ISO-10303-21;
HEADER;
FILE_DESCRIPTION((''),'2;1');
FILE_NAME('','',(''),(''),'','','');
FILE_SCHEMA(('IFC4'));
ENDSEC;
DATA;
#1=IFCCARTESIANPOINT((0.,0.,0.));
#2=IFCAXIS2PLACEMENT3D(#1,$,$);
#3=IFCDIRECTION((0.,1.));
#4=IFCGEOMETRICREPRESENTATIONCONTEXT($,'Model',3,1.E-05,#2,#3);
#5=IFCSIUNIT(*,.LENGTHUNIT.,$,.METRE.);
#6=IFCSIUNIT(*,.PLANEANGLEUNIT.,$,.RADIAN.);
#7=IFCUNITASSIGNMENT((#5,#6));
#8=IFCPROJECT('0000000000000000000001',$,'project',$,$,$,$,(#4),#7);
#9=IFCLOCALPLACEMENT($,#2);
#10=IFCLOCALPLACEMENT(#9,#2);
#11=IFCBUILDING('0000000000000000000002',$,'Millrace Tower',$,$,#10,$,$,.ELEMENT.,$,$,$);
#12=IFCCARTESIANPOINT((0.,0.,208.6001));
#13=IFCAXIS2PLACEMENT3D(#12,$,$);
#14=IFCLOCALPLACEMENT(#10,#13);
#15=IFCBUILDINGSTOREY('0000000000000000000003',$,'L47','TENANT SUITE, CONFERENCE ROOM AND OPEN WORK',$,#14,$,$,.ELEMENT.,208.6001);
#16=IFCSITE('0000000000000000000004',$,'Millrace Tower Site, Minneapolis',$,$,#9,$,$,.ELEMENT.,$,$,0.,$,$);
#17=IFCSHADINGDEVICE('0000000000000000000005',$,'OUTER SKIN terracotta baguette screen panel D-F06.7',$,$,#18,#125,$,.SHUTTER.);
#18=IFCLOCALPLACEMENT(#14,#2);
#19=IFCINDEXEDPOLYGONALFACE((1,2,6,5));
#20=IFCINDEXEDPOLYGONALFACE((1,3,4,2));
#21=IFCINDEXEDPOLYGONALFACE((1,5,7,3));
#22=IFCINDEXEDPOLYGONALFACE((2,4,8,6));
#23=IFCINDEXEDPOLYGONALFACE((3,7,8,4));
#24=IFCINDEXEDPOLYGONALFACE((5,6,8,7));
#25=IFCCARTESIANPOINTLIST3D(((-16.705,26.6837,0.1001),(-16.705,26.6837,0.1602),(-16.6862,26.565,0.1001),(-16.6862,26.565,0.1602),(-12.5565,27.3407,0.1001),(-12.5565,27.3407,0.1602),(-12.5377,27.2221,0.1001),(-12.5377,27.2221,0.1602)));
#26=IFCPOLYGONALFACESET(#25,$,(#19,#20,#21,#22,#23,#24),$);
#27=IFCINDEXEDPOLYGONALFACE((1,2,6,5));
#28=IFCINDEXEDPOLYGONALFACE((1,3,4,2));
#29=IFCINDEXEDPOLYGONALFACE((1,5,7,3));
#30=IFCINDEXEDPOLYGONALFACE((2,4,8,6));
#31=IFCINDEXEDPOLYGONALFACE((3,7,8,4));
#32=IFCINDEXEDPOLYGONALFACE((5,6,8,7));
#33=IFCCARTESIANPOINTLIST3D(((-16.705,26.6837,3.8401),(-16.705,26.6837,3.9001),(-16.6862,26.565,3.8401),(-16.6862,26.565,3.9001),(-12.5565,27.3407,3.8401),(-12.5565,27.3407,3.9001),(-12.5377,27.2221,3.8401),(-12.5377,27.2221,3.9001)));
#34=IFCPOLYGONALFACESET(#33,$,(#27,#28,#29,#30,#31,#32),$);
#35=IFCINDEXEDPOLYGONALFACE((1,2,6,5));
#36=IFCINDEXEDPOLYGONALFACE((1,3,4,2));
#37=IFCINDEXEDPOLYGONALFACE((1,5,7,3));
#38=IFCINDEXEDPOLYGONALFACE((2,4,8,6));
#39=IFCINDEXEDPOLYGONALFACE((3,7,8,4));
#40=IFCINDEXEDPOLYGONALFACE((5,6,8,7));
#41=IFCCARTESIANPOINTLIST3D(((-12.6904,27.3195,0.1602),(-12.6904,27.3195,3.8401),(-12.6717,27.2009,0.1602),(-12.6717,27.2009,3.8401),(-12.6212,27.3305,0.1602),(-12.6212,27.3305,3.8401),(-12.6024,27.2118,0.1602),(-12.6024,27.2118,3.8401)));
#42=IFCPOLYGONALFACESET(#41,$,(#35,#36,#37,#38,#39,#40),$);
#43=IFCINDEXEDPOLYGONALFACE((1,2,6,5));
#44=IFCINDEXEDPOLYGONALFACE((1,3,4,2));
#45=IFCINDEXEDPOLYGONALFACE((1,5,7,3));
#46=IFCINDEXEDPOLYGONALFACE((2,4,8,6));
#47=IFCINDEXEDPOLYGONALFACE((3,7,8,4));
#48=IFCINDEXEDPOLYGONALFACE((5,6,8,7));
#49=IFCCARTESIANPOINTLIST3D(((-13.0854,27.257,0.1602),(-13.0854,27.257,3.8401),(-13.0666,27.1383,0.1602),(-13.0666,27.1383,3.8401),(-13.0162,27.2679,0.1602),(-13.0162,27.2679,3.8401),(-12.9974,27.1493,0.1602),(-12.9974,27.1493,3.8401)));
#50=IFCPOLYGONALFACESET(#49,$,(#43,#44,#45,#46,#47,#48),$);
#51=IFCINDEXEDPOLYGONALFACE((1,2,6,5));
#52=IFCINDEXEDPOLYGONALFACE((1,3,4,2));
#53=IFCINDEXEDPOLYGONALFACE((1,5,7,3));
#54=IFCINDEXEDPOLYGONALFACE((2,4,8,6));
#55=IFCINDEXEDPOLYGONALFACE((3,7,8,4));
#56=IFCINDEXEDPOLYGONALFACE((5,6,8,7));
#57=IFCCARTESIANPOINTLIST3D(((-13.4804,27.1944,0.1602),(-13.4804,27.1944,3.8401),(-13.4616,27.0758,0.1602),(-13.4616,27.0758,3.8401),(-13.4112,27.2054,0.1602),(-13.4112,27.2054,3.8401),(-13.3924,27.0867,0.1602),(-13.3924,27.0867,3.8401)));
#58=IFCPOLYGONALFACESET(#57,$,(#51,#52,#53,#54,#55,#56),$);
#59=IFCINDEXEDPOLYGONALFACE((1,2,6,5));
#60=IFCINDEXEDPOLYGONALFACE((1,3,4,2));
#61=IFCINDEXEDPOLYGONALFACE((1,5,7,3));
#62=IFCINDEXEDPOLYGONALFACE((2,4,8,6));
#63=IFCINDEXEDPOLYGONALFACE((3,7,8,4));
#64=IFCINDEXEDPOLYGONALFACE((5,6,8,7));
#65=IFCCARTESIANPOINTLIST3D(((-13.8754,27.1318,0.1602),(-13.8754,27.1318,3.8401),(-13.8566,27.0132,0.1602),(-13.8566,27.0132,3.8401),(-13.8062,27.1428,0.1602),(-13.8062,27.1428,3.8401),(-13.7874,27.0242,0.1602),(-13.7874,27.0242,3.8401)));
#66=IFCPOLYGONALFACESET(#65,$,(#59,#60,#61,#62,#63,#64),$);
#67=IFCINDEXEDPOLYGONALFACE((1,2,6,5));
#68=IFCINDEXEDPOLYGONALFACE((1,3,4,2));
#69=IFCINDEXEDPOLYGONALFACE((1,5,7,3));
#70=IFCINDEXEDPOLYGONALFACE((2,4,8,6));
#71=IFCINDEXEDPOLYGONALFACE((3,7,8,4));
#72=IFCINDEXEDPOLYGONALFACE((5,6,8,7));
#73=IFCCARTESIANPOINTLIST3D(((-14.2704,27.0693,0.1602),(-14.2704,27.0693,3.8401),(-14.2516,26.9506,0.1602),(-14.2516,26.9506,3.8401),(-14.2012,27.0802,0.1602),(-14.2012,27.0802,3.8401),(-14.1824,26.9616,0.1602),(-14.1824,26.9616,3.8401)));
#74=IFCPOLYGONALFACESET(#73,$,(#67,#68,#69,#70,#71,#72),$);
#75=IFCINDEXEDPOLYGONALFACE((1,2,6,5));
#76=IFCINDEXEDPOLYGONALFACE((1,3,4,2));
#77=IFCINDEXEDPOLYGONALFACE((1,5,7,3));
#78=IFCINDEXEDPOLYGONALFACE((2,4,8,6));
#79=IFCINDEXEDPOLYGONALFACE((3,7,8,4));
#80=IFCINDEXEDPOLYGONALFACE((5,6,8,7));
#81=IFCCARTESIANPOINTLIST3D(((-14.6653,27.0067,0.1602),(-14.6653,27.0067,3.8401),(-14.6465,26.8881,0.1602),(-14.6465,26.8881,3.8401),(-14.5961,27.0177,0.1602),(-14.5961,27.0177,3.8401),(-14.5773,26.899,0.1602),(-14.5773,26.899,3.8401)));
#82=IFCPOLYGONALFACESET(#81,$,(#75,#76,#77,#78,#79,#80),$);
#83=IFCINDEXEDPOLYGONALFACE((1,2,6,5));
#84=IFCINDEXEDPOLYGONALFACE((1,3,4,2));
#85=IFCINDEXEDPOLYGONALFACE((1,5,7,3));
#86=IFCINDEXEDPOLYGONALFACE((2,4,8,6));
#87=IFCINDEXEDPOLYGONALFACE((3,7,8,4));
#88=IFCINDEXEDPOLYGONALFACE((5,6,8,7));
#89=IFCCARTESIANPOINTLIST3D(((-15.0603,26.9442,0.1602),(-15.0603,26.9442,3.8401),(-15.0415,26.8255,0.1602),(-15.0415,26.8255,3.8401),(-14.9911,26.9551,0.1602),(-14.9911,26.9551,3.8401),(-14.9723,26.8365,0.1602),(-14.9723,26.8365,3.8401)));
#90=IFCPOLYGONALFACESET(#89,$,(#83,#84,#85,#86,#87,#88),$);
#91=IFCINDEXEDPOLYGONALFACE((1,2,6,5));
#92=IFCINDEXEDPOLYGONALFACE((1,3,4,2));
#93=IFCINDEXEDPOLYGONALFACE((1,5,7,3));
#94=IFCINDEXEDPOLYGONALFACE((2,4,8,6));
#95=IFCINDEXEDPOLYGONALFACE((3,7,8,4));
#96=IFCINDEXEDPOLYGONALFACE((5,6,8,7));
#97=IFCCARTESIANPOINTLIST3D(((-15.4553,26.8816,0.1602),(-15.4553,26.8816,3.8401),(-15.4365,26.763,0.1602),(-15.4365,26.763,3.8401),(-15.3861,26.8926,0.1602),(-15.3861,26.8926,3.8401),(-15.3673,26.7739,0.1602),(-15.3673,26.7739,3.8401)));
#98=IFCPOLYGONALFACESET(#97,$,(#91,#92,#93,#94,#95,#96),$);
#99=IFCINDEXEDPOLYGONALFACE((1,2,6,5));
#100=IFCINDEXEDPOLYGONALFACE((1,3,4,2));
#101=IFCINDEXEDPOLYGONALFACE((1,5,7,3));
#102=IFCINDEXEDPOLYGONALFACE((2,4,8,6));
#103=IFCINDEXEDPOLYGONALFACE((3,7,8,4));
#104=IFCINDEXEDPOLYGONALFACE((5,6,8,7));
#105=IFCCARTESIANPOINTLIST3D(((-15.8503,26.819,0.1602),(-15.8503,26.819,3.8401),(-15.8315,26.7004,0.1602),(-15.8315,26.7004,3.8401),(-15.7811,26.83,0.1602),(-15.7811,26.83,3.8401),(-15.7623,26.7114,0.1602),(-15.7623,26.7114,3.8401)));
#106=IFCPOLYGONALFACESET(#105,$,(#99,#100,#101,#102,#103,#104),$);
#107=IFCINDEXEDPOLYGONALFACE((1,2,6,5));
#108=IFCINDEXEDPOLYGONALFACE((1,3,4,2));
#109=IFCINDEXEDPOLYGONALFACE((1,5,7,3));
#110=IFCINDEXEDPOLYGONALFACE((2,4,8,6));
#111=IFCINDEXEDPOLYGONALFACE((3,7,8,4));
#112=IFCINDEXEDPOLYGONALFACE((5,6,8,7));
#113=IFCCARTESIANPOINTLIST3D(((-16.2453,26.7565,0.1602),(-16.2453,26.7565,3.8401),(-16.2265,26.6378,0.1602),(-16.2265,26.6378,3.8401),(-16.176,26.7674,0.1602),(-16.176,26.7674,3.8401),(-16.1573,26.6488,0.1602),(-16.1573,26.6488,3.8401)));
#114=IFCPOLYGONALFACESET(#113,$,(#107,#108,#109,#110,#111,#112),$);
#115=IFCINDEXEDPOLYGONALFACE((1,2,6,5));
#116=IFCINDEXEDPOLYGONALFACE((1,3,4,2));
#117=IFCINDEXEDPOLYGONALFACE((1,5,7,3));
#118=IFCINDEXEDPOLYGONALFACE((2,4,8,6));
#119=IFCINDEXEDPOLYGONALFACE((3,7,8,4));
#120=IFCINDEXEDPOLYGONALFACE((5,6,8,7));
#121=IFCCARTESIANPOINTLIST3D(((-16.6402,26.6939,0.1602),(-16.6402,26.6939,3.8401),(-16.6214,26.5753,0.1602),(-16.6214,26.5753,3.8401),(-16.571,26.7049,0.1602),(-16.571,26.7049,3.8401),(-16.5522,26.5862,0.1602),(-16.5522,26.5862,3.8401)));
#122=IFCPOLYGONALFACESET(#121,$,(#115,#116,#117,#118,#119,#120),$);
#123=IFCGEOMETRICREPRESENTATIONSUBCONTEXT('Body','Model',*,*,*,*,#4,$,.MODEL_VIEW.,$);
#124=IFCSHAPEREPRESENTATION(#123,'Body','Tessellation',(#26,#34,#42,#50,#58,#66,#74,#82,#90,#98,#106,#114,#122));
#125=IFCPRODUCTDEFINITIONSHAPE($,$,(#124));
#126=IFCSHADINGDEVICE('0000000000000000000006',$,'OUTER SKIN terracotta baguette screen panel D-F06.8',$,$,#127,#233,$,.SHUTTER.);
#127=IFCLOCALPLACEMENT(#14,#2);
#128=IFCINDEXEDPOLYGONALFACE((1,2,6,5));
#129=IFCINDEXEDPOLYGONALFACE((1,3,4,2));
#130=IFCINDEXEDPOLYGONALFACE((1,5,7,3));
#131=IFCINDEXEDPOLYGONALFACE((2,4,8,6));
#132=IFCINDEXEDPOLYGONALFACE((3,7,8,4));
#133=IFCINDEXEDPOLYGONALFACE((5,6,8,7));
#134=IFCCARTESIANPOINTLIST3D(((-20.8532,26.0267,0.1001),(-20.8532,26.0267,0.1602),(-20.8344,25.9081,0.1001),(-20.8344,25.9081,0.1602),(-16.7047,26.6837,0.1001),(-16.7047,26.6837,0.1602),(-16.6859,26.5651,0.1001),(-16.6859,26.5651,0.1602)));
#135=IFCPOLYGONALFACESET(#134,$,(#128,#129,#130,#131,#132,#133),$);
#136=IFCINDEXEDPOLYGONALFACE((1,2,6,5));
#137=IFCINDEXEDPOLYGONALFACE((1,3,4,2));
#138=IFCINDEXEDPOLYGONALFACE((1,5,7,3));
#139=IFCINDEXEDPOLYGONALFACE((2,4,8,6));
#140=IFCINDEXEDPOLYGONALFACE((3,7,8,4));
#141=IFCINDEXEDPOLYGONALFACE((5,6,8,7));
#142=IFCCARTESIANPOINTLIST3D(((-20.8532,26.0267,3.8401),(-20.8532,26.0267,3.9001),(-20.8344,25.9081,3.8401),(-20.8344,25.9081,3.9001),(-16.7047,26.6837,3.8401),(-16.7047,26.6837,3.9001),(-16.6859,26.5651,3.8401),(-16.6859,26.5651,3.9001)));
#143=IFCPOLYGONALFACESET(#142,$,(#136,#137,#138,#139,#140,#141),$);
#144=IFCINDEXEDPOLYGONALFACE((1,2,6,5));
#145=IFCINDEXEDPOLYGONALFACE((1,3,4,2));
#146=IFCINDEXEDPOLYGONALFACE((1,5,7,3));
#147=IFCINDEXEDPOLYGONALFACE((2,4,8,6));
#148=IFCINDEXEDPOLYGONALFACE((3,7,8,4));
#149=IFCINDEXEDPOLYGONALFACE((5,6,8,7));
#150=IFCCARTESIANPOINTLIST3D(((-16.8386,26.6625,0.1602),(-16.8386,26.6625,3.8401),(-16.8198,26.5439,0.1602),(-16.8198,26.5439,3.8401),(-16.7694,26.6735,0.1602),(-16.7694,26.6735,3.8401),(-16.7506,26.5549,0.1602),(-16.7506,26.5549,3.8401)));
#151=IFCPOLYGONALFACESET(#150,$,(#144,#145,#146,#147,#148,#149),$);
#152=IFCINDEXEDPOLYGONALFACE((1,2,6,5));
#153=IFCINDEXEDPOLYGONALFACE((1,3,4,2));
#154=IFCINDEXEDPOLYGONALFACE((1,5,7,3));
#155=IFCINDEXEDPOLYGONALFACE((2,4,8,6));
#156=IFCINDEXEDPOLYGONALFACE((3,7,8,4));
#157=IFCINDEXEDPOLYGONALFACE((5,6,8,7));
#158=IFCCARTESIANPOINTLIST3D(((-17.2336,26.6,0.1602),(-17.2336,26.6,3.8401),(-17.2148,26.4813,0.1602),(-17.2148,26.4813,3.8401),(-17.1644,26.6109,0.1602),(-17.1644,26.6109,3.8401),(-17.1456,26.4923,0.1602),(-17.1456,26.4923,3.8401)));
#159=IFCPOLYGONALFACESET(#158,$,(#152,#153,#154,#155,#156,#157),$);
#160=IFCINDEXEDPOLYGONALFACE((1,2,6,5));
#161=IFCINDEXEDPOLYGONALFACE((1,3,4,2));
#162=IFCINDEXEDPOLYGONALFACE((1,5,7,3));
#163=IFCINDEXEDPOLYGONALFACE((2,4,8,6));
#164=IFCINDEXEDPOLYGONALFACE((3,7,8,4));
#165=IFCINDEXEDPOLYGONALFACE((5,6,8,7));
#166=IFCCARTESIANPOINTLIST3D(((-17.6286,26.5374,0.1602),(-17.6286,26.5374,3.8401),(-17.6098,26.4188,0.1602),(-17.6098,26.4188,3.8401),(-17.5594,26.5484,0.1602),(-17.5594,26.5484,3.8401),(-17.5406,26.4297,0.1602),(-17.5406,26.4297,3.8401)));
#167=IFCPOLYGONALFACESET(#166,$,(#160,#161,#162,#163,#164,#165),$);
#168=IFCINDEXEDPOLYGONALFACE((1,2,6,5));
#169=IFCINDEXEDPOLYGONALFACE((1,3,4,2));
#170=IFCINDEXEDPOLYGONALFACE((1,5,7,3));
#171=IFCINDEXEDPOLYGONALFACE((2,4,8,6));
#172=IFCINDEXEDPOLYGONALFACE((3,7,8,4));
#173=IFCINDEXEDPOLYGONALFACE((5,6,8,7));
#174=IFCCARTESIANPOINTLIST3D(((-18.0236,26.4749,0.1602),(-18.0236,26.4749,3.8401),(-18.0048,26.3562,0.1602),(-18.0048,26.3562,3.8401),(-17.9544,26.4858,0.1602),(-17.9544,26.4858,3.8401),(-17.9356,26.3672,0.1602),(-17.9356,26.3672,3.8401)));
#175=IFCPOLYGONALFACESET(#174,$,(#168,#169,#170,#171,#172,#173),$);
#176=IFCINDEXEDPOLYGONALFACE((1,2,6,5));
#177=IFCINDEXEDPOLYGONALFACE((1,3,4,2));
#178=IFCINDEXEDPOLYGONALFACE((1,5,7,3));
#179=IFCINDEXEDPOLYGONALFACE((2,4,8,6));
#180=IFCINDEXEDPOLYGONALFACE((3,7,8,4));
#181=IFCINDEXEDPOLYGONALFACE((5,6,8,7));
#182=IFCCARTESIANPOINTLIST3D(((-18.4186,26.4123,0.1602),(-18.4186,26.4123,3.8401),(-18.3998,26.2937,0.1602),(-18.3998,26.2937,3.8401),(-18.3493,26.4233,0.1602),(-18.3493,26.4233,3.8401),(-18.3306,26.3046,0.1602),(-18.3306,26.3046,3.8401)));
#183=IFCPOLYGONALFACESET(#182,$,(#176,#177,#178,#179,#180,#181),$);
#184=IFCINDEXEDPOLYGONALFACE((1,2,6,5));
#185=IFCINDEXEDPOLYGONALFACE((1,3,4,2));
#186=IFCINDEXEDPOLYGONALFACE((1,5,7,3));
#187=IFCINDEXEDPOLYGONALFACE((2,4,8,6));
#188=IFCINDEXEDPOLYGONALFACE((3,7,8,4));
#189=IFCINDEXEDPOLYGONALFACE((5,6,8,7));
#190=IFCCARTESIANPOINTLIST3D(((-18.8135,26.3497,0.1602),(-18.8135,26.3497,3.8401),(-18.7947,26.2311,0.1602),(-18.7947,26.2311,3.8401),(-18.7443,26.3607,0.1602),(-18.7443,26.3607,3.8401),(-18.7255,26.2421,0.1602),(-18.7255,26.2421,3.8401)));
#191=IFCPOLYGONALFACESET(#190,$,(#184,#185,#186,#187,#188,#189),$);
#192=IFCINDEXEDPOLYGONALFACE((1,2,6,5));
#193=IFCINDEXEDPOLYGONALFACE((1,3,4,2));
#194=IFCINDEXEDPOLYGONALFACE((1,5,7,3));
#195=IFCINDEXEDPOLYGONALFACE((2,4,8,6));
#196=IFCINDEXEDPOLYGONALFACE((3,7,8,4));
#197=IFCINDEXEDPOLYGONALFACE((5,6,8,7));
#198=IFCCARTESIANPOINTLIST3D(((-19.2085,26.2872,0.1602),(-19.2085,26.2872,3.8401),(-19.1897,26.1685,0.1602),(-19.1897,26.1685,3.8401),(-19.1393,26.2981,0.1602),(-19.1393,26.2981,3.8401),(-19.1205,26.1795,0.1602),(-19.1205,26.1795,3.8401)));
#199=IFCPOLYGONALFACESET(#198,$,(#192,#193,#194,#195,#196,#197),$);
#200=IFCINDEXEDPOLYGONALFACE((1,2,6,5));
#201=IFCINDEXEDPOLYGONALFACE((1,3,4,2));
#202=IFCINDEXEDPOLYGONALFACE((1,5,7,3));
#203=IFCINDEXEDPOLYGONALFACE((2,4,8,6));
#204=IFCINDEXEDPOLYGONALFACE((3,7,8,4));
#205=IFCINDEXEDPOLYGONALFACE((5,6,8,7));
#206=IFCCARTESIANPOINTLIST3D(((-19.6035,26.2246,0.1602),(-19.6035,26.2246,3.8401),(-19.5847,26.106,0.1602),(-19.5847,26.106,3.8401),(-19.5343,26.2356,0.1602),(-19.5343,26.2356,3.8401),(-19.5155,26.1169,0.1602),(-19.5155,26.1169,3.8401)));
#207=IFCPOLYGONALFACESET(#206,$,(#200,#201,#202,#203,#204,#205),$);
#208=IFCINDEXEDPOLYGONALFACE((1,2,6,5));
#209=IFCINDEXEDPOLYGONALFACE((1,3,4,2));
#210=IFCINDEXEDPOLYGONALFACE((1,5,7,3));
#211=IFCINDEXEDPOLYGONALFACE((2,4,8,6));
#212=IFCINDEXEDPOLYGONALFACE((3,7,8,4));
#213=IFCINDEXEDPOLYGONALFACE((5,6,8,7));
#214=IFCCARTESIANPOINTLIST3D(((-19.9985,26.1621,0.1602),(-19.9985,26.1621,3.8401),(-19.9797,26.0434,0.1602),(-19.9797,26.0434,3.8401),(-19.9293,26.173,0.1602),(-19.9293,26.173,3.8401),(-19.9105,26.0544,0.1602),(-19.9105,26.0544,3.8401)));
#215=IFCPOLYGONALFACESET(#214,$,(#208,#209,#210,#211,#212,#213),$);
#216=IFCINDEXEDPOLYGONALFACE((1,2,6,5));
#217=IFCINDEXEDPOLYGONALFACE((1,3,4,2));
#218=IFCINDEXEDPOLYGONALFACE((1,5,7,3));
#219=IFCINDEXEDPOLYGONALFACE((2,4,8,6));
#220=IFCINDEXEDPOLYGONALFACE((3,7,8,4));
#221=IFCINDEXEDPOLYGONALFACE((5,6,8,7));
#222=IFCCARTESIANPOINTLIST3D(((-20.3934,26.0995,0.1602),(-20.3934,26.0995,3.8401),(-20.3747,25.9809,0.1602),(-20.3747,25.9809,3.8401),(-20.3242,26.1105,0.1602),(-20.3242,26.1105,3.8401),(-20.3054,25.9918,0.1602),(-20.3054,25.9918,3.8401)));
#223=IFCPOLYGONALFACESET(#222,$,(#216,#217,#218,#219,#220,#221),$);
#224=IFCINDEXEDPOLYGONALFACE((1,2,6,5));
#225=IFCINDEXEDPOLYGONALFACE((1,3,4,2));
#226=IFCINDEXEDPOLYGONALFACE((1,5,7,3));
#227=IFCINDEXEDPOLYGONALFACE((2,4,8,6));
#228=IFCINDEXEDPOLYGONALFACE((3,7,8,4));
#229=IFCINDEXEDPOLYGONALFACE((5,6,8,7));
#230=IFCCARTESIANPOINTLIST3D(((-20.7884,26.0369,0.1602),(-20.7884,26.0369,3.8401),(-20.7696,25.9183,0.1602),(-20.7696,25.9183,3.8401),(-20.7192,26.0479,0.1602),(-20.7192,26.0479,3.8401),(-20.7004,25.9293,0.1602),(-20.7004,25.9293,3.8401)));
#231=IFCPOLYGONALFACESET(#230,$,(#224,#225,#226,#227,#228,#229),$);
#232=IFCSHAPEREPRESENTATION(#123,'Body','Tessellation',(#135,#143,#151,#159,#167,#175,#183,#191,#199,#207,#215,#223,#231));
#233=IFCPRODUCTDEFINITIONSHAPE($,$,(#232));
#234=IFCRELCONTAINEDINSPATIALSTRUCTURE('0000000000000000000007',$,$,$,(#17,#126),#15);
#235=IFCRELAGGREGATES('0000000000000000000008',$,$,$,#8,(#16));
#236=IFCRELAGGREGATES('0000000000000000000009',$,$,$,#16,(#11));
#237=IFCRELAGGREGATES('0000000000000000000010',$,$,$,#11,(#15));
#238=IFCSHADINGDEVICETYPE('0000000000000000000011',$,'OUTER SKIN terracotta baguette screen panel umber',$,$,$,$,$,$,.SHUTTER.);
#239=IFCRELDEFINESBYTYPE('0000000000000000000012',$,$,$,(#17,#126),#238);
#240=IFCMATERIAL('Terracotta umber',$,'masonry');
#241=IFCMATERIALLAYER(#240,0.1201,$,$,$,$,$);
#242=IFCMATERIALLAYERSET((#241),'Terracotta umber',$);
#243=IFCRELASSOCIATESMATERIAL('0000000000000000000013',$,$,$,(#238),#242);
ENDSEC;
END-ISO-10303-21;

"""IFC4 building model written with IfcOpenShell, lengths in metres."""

from ifc_helpers import new_model, entity, si_unit, direction, frame, frame_2d, origin, origin_2d, place, context, subcontext, project, spatial, rectangle, extrude, source, transform, mapped, material, layer, layer_set, type_object, element, save


model = new_model("IFC4")

# Units and contexts
model_context = context("Model", 3, precision=1e-05, world=origin(), true_north=direction((0.0, 1.0)))
body_context = subcontext(model_context, "Body", "Model", "MODEL_VIEW")
ifc_project = project(units=[si_unit("LENGTHUNIT", "METRE"), si_unit("PLANEANGLEUNIT", "RADIAN")], contexts=[model_context])

# Site, building, storey
site_placement = place(None, origin())
site = spatial("IfcSite", under=ifc_project, at=site_placement, Name="Millrace Tower Site, Minneapolis", CompositionType="ELEMENT", RefElevation=0.0)
building_placement = place(site_placement, origin())
building = spatial("IfcBuilding", under=site, at=building_placement, Name="Millrace Tower", CompositionType="ELEMENT")
storey_placement = place(building_placement, frame((0.0, 0.0, 208.6001)))
storey = spatial("IfcBuildingStorey", under=building, at=storey_placement, Name="L47", Description="TENANT SUITE, CONFERENCE ROOM AND OPEN WORK", CompositionType="ELEMENT", Elevation=208.6001)

# Shading devices
ifc_material_1 = material(Name="Terracotta umber", Category="masonry")
ifc_layer_1 = layer(ifc_material_1, 0.1201)
ifc_layer_set_1 = layer_set([ifc_layer_1], Name="Terracotta umber")
shading_device_type = type_object("IfcShadingDeviceType", Name="OUTER SKIN terracotta baguette screen panel umber", PredefinedType="SHUTTER", material=ifc_layer_set_1)
cartesian_point_1 = entity("IfcCartesianPoint", [-2.1001, 0.0601])
shared_polyline_1 = entity("IfcPolyline", [cartesian_point_1, entity("IfcCartesianPoint", [2.1001, 0.0601]), entity("IfcCartesianPoint", [2.1001, -0.0601]), entity("IfcCartesianPoint", [-2.1001, -0.0601]), cartesian_point_1])
shared_shape_1 = source(origin(), body_context, "Body", "SweptSolid", [
    entity("IfcExtrudedAreaSolid", entity("IfcArbitraryClosedProfileDef", "AREA", None, shared_polyline_1), entity("IfcAxis2Placement3D", entity("IfcCartesianPoint", [0.0, 0.0, 0.0])), entity("IfcDirection", [0.0, 0.0, 1.0]), 0.0601),
    entity("IfcExtrudedAreaSolid", entity("IfcArbitraryClosedProfileDef", "AREA", None, shared_polyline_1), entity("IfcAxis2Placement3D", entity("IfcCartesianPoint", [0.0, 0.0, 3.74])), entity("IfcDirection", [0.0, 0.0, 1.0]), 0.0601),
    extrude(rectangle(XDim=0.0701, YDim=0.1201, at=frame_2d((-1.9995, 0.0))), frame((0.0, 0.0, 0.0601)), (0.0, 0.0, 1.0), 3.6799),
    extrude(rectangle(XDim=0.0701, YDim=0.1201, at=frame_2d((-1.5996, 0.0))), frame((0.0, 0.0, 0.0601)), (0.0, 0.0, 1.0), 3.6799),
    extrude(rectangle(XDim=0.0701, YDim=0.1201, at=frame_2d((-1.1997, 0.0))), frame((0.0, 0.0, 0.0601)), (0.0, 0.0, 1.0), 3.6799),
    extrude(rectangle(XDim=0.0701, YDim=0.1201, at=frame_2d((-0.7998, 0.0))), frame((0.0, 0.0, 0.0601)), (0.0, 0.0, 1.0), 3.6799),
    extrude(rectangle(XDim=0.0701, YDim=0.1201, at=frame_2d((-0.3999, 0.0))), frame((0.0, 0.0, 0.0601)), (0.0, 0.0, 1.0), 3.6799),
    extrude(rectangle(XDim=0.0701, YDim=0.1201, at=origin_2d()), frame((0.0, 0.0, 0.0601)), (0.0, 0.0, 1.0), 3.6799),
    extrude(rectangle(XDim=0.0701, YDim=0.1201, at=frame_2d((0.3999, 0.0))), frame((0.0, 0.0, 0.0601)), (0.0, 0.0, 1.0), 3.6799),
    extrude(rectangle(XDim=0.0701, YDim=0.1201, at=frame_2d((0.7998, 0.0))), frame((0.0, 0.0, 0.0601)), (0.0, 0.0, 1.0), 3.6799),
    extrude(rectangle(XDim=0.0701, YDim=0.1201, at=frame_2d((1.1997, 0.0))), frame((0.0, 0.0, 0.0601)), (0.0, 0.0, 1.0), 3.6799),
    extrude(rectangle(XDim=0.0701, YDim=0.1201, at=frame_2d((1.5996, 0.0))), frame((0.0, 0.0, 0.0601)), (0.0, 0.0, 1.0), 3.6799),
    extrude(rectangle(XDim=0.0701, YDim=0.1201, at=frame_2d((1.9995, 0.0))), frame((0.0, 0.0, 0.0601)), (0.0, 0.0, 1.0), 3.6799),
])
for number, where, z_axis, x_axis, name in (
    (1, (-14.6213, 26.9529, 0.1001), (0.0, 0.0, 1.0), (-0.987688, -0.156434, 0.0), "OUTER SKIN terracotta baguette screen panel D-F06.7"),
    (2, (-18.7695, 26.2959, 0.1001), (0.0, 0.0, 1.0), (-0.987688, -0.156434, 0.0), "OUTER SKIN terracotta baguette screen panel D-F06.8"),
):
    element("IfcShadingDevice", number, at=place(storey_placement, frame(where, z_axis=z_axis, x_axis=x_axis)), inside=storey, type_object=shading_device_type, Name=name, PredefinedType="SHUTTER", context=body_context, shape_type="MappedRepresentation", body=[
        mapped(shared_shape_1, transform((0.0, 0.0, 0.0), scale=1.0)),
    ])

save(model, "model.ifc")
